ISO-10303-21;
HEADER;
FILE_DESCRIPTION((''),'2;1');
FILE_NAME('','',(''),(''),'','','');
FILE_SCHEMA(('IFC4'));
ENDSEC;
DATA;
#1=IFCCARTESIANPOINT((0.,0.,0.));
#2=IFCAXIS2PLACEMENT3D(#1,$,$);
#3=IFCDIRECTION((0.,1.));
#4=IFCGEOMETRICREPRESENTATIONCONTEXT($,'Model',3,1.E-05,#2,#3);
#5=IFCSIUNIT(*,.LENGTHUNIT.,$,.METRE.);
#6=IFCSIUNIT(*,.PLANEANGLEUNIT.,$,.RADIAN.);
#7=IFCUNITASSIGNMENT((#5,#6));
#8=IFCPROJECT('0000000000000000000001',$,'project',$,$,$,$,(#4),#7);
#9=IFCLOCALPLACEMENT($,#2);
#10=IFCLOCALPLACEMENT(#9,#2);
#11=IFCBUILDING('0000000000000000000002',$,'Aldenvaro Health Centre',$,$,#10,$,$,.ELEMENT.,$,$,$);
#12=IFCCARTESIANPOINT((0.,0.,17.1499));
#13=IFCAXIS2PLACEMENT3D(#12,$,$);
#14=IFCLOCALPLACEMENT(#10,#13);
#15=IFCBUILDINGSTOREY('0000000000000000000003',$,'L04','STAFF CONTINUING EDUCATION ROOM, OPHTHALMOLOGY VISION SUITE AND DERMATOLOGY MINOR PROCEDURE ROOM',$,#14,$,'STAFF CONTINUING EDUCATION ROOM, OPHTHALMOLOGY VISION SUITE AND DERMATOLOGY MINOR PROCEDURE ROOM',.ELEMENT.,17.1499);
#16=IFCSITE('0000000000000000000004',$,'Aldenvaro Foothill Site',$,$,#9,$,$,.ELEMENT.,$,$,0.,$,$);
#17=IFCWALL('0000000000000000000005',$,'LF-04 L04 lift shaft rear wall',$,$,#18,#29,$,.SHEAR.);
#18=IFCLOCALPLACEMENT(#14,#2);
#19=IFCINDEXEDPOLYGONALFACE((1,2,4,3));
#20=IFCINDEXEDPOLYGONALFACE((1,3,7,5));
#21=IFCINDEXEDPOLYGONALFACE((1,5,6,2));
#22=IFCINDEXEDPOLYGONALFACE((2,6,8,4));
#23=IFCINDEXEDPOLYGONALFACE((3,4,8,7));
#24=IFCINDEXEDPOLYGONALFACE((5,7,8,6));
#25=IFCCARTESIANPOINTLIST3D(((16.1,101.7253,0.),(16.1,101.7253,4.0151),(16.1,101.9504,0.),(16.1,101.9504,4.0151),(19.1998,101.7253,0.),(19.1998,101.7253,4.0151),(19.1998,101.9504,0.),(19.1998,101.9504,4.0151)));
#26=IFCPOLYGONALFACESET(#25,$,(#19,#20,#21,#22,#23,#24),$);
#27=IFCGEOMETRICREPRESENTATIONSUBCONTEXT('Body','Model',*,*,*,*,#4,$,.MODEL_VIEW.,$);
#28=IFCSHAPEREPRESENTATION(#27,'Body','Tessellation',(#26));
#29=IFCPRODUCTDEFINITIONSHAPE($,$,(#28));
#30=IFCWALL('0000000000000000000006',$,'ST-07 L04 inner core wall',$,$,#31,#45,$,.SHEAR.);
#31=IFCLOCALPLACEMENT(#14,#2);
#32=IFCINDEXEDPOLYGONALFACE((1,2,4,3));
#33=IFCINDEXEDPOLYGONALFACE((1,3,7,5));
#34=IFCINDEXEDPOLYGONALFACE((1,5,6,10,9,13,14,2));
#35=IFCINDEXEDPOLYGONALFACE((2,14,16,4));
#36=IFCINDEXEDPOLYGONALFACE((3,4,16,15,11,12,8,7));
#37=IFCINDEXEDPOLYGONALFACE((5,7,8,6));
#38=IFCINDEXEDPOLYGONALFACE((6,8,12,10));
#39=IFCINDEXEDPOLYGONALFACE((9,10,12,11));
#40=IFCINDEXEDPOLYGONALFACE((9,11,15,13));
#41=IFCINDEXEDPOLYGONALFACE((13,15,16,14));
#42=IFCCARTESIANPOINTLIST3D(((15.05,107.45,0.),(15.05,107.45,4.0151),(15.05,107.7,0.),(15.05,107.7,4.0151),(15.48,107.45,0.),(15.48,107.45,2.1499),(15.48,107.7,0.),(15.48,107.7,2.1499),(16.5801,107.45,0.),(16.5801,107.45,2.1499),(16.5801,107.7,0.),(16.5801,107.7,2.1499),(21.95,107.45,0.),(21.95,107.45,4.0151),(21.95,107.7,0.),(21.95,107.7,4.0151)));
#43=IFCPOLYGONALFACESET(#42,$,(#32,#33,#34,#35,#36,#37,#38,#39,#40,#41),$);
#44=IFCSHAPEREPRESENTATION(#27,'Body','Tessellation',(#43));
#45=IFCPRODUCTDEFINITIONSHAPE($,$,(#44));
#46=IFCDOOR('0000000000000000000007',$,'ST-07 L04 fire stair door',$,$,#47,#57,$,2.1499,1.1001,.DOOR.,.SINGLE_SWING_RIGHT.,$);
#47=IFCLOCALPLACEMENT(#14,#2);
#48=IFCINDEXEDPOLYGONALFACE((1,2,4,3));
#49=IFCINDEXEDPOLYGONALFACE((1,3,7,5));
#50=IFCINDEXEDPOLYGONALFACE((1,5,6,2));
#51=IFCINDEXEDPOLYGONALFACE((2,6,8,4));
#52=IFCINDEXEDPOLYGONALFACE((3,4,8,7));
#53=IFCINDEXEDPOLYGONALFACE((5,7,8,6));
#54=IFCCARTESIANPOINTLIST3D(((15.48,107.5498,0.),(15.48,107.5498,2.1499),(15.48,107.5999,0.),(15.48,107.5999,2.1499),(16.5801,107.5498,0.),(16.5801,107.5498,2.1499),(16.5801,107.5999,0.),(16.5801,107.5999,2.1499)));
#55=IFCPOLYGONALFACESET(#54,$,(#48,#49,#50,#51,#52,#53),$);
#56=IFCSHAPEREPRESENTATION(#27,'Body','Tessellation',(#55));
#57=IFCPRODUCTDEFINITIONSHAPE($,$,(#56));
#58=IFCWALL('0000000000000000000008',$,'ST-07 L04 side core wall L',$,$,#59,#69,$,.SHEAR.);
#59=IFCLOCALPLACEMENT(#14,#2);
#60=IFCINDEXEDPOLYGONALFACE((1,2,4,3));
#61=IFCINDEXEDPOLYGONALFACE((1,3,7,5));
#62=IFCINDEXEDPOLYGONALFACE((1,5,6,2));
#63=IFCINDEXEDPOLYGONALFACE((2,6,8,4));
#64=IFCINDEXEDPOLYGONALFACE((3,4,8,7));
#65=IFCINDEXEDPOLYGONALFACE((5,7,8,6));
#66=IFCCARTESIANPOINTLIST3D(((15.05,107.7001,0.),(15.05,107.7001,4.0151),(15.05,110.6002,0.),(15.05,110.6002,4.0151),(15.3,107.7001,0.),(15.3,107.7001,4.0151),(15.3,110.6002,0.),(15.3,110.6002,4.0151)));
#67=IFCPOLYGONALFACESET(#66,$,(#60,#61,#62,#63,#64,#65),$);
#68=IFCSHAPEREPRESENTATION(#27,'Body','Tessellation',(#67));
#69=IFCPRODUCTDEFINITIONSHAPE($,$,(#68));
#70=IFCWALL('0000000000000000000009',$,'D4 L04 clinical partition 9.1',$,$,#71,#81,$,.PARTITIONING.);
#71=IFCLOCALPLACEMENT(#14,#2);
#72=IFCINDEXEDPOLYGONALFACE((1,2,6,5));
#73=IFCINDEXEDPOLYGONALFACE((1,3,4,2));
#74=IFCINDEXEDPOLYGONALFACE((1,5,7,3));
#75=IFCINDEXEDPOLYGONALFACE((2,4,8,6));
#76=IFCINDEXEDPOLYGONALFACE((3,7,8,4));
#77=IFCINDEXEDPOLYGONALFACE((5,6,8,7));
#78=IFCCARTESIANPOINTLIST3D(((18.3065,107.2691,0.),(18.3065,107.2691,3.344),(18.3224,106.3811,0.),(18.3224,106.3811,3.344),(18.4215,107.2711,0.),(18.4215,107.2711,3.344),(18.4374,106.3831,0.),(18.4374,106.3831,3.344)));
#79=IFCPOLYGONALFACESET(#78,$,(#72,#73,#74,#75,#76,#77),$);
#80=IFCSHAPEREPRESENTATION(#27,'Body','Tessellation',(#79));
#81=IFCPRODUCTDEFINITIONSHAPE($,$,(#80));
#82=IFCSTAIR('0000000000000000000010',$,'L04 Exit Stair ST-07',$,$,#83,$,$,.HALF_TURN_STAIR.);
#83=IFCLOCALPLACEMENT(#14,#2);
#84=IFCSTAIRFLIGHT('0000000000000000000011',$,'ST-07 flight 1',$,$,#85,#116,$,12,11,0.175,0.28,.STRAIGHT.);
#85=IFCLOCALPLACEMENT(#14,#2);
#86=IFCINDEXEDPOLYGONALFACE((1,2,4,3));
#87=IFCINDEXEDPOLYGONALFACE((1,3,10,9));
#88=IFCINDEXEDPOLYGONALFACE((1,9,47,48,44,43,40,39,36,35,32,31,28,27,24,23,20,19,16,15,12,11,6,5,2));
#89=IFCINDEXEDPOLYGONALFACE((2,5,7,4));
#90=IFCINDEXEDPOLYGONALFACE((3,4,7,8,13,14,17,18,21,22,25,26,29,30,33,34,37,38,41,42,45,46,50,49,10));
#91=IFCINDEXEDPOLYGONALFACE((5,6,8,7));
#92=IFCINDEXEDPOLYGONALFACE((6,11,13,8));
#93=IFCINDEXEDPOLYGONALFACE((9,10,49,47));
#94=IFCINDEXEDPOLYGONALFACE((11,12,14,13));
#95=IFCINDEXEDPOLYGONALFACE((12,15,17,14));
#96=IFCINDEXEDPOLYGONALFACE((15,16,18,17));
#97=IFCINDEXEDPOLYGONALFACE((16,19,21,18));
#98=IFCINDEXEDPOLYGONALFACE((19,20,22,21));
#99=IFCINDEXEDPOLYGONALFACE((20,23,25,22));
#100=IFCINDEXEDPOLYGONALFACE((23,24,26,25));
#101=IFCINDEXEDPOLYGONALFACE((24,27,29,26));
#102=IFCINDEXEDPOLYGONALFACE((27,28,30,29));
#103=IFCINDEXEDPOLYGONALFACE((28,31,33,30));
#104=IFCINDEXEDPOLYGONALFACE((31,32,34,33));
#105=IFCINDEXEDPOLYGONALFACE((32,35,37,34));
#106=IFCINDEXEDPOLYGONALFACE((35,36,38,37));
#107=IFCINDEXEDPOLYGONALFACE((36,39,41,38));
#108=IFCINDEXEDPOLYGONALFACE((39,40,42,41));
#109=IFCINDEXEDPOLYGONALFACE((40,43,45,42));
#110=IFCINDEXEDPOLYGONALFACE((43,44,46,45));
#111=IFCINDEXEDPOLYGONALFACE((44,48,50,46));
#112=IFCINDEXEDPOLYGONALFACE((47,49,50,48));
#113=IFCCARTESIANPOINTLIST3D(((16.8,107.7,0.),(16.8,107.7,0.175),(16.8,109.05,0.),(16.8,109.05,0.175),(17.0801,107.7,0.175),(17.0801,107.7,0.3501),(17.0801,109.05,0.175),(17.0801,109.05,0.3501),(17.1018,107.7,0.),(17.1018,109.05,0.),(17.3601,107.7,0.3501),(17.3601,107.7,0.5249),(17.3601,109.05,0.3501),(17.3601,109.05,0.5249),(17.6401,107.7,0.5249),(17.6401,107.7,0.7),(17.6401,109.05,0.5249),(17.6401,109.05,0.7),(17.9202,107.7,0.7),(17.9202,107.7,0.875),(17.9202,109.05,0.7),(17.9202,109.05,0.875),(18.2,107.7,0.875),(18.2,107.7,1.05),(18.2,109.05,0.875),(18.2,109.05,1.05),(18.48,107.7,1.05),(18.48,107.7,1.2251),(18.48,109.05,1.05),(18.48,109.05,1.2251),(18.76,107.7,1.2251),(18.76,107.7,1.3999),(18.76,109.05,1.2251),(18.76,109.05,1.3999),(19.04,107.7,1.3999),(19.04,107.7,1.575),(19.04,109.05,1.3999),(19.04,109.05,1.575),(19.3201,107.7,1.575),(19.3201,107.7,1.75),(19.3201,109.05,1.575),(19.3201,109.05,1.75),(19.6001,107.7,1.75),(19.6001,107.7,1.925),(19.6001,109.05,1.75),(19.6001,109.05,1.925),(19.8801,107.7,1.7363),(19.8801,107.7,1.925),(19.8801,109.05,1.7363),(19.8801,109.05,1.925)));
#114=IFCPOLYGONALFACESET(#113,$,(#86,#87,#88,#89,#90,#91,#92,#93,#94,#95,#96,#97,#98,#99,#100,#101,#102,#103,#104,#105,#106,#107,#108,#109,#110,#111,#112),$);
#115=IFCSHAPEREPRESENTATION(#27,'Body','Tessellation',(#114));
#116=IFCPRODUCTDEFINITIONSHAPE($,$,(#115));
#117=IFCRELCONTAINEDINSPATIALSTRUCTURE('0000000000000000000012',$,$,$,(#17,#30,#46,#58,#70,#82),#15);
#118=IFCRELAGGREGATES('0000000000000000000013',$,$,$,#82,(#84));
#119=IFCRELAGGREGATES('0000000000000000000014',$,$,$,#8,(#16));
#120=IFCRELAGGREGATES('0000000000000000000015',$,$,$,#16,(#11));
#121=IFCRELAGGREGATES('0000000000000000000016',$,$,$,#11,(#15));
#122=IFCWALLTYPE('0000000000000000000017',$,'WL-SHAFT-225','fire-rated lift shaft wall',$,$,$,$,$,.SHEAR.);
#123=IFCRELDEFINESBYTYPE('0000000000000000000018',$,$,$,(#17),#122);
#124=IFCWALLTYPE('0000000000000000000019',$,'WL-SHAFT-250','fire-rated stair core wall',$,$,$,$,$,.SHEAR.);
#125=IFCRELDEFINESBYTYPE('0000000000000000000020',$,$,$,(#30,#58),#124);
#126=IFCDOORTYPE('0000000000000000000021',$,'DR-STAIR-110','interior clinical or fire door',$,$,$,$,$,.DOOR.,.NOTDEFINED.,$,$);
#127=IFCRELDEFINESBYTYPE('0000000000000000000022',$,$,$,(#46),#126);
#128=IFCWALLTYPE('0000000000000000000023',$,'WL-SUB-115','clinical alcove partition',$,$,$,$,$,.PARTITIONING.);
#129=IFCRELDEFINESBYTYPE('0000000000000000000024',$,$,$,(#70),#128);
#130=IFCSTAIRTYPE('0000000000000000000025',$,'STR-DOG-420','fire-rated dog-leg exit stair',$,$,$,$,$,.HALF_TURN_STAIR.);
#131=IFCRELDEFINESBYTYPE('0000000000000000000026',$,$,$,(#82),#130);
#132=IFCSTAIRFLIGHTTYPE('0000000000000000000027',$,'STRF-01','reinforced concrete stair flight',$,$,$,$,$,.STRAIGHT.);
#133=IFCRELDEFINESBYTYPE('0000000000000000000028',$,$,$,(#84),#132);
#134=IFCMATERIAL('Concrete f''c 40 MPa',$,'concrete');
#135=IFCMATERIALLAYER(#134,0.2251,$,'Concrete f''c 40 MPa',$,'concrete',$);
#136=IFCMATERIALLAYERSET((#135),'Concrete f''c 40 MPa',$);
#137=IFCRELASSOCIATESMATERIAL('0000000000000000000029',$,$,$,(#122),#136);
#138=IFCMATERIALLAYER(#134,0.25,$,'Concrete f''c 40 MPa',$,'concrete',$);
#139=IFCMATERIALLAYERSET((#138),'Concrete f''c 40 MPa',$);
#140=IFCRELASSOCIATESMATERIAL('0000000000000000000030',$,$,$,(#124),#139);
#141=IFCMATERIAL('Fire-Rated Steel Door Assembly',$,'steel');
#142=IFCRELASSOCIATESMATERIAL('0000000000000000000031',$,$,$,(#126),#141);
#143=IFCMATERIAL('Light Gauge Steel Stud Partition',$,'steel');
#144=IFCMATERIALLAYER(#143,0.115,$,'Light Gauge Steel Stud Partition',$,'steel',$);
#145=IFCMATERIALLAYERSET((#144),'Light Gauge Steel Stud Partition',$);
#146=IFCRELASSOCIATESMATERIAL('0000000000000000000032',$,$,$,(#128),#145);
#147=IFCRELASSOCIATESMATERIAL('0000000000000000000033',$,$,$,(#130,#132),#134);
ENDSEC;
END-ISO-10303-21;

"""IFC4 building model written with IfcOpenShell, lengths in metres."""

from ifc_helpers import new_model, si_unit, direction, frame, frame_2d, origin, place, context, subcontext, project, spatial, polyline, rectangle, outline, extrude, material, layer, layer_set, type_object, element, fill, aggregate, save


model = new_model("IFC4")

# Units and contexts
model_context = context("Model", 3, precision=1e-05, world=origin(), true_north=direction((0.0, 1.0)))
body_context = subcontext(model_context, "Body", "Model", "MODEL_VIEW")
ifc_project = project(units=[si_unit("LENGTHUNIT", "METRE"), si_unit("PLANEANGLEUNIT", "RADIAN")], contexts=[model_context])

# Site, building, storey
site_placement = place(None, origin())
site = spatial("IfcSite", under=ifc_project, at=site_placement, Name="Aldenvaro Foothill Site", CompositionType="ELEMENT", RefElevation=0.0)
building_placement = place(site_placement, origin())
building = spatial("IfcBuilding", under=site, at=building_placement, Name="Aldenvaro Health Centre", CompositionType="ELEMENT")
storey_placement = place(building_placement, frame((0.0, 0.0, 17.1499)))
storey = spatial("IfcBuildingStorey", under=building, at=storey_placement, Name="L04", Description="STAFF CONTINUING EDUCATION ROOM, OPHTHALMOLOGY VISION SUITE AND DERMATOLOGY MINOR PROCEDURE ROOM", LongName="STAFF CONTINUING EDUCATION ROOM, OPHTHALMOLOGY VISION SUITE AND DERMATOLOGY MINOR PROCEDURE ROOM", CompositionType="ELEMENT", Elevation=17.1499)

# Wall
ifc_material_1 = material(Name="Concrete f'c 40 MPa", Category="concrete")
ifc_layer_1 = layer(ifc_material_1, 0.2251, Name="Concrete f'c 40 MPa", Category="concrete")
ifc_layer_set_1 = layer_set([ifc_layer_1], Name="Concrete f'c 40 MPa")
wall_type_1 = type_object("IfcWallType", Name="WL-SHAFT-225", Description="fire-rated lift shaft wall", PredefinedType="SHEAR", material=ifc_layer_set_1)
wall_1_placement = place(storey_placement, frame((16.1001, 101.8379, 0.0), z_axis=(0.0, 0.0, 1.0), x_axis=(1.0, 0.0, 0.0)))
element("IfcWall", 1, at=wall_1_placement, inside=storey, type_object=wall_type_1, Name="LF-04 L04 lift shaft rear wall", PredefinedType="SHEAR", context=body_context, shape_type="SweptSolid", body=[
    extrude(rectangle(XDim=3.0999, YDim=0.2251, at=frame_2d((1.5498, 0.0))), origin(), (0.0, 0.0, 1.0), 4.0151),
])

# Wall, opening, door
ifc_layer_2 = layer(ifc_material_1, 0.25, Name="Concrete f'c 40 MPa", Category="concrete")
ifc_layer_set_2 = layer_set([ifc_layer_2], Name="Concrete f'c 40 MPa")
wall_type_2 = type_object("IfcWallType", Name="WL-SHAFT-250", Description="fire-rated stair core wall", PredefinedType="SHEAR", material=ifc_layer_set_2)
wall_2_placement = place(storey_placement, frame((15.05, 107.575, 0.0), z_axis=(0.0, 0.0, 1.0), x_axis=(1.0, 0.0, 0.0)))
wall_2 = element("IfcWall", 2, at=wall_2_placement, inside=storey, type_object=wall_type_2, Name="ST-07 L04 inner core wall", PredefinedType="SHEAR", context=body_context, shape_type="SweptSolid", body=[
    extrude(rectangle(XDim=6.8999, YDim=0.25, at=frame_2d((3.45, 0.0))), origin(), (0.0, 0.0, 1.0), 4.0151),
])
opening_1_placement = place(wall_2_placement, frame((0.4299, 0.0, 0.0)))
opening_1 = element("IfcOpeningElement", 3, at=opening_1_placement, cuts=wall_2, PredefinedType="OPENING", context=body_context, shape_type="SweptSolid", body=[
    extrude(rectangle(XDim=1.1001, YDim=2.1499, at=frame_2d((0.55, 1.075))), frame((0.0, 0.135, 0.0), z_axis=(0.0, -1.0, 0.0), x_axis=(1.0, 0.0, 0.0)), (0.0, 0.0, 1.0), 0.27),
])
ifc_material_2 = material(Name="Fire-Rated Steel Door Assembly", Category="steel")
door_type_1 = type_object("IfcDoorType", Name="DR-STAIR-110", Description="interior clinical or fire door", OperationType="NOTDEFINED", PredefinedType="DOOR", material=ifc_material_2)
door_1_placement = place(opening_1_placement, origin())
door_1 = element("IfcDoor", 4, at=door_1_placement, inside=storey, type_object=door_type_1, Name="ST-07 L04 fire stair door", OperationType="SINGLE_SWING_RIGHT", OverallHeight=2.1499, OverallWidth=1.1001, PredefinedType="DOOR", context=body_context, shape_type="SweptSolid", body=[
    extrude(rectangle(XDim=1.1001, YDim=2.1499, at=frame_2d((0.55, 1.075))), frame((0.0, 0.0249, 0.0), z_axis=(0.0, -1.0, 0.0), x_axis=(1.0, 0.0, 0.0)), (0.0, 0.0, 1.0), 0.05),
])
fill(opening_1, door_1)

# Walls
wall_3_placement = place(storey_placement, frame((15.175, 107.7, 0.0), z_axis=(0.0, 0.0, 1.0), x_axis=(0.0, 1.0, 0.0)))
element("IfcWall", 5, at=wall_3_placement, inside=storey, type_object=wall_type_2, Name="ST-07 L04 side core wall L", PredefinedType="SHEAR", context=body_context, shape_type="SweptSolid", body=[
    extrude(rectangle(XDim=2.9001, YDim=0.25, at=frame_2d((1.4502, 0.0))), origin(), (0.0, 0.0, 1.0), 4.0151),
])
ifc_material_3 = material(Name="Light Gauge Steel Stud Partition", Category="steel")
ifc_layer_3 = layer(ifc_material_3, 0.115, Name="Light Gauge Steel Stud Partition", Category="steel")
ifc_layer_set_3 = layer_set([ifc_layer_3], Name="Light Gauge Steel Stud Partition")
wall_type_3 = type_object("IfcWallType", Name="WL-SUB-115", Description="clinical alcove partition", PredefinedType="PARTITIONING", material=ifc_layer_set_3)
wall_4_placement = place(storey_placement, frame((18.3799, 106.3821, 0.0), z_axis=(0.0, 0.0, 1.0), x_axis=(-0.017869, 0.99984, 0.0)))
element("IfcWall", 6, at=wall_4_placement, inside=storey, type_object=wall_type_3, Name="D4 L04 clinical partition 9.1", PredefinedType="PARTITIONING", context=body_context, shape_type="SweptSolid", body=[
    extrude(rectangle(XDim=0.8882, YDim=0.115, at=frame_2d((0.4441, 0.0))), origin(), (0.0, 0.0, 1.0), 3.344),
])

# Stair, stair flight
stair_type = type_object("IfcStairType", Name="STR-DOG-420", Description="fire-rated dog-leg exit stair", PredefinedType="HALF_TURN_STAIR", material=ifc_material_1)
stair_placement = place(storey_placement, origin())
stair = element("IfcStair", 7, at=stair_placement, inside=storey, type_object=stair_type, Name="L04 Exit Stair ST-07", PredefinedType="HALF_TURN_STAIR")
stair_flight_type = type_object("IfcStairFlightType", Name="STRF-01", Description="reinforced concrete stair flight", PredefinedType="STRAIGHT", material=ifc_material_1)
stair_flight_placement = place(storey_placement, frame((16.8, 108.375, 0.0), z_axis=(0.0, 0.0, 1.0), x_axis=(1.0, 0.0, 0.0)))
stair_flight = element("IfcStairFlight", 8, at=stair_flight_placement, type_object=stair_flight_type, Name="ST-07 flight 1", NumberOfRisers=12, NumberOfTreads=11, PredefinedType="STRAIGHT", RiserHeight=0.175, TreadLength=0.28, context=body_context, shape_type="SweptSolid", body=[
    extrude(outline(polyline([(0.0, 0.0), (0.0, 0.175), (0.28, 0.175), (0.28, 0.3501), (0.5601, 0.3501), (0.5601, 0.5249), (0.8401, 0.5249), (0.8401, 0.7), (1.1201, 0.7), (1.1201, 0.875), (1.3999, 0.875), (1.3999, 1.05), (1.6799, 1.05), (1.6799, 1.2251), (1.96, 1.2251), (1.96, 1.3999), (2.24, 1.3999), (2.24, 1.575), (2.52, 1.575), (2.52, 1.75), (2.8, 1.75), (2.8, 1.925), (3.0801, 1.925), (3.0801, 2.1001), (3.0801, 1.7363), (0.3018, 0.0), (0.0, 0.0)])), frame((0.0, 0.675, 0.0), z_axis=(0.0, -1.0, 0.0), x_axis=(1.0, 0.0, 0.0)), (0.0, 0.0, 1.0), 1.3501),
])
aggregate(stair, [stair_flight])

save(model, "model.ifc")
